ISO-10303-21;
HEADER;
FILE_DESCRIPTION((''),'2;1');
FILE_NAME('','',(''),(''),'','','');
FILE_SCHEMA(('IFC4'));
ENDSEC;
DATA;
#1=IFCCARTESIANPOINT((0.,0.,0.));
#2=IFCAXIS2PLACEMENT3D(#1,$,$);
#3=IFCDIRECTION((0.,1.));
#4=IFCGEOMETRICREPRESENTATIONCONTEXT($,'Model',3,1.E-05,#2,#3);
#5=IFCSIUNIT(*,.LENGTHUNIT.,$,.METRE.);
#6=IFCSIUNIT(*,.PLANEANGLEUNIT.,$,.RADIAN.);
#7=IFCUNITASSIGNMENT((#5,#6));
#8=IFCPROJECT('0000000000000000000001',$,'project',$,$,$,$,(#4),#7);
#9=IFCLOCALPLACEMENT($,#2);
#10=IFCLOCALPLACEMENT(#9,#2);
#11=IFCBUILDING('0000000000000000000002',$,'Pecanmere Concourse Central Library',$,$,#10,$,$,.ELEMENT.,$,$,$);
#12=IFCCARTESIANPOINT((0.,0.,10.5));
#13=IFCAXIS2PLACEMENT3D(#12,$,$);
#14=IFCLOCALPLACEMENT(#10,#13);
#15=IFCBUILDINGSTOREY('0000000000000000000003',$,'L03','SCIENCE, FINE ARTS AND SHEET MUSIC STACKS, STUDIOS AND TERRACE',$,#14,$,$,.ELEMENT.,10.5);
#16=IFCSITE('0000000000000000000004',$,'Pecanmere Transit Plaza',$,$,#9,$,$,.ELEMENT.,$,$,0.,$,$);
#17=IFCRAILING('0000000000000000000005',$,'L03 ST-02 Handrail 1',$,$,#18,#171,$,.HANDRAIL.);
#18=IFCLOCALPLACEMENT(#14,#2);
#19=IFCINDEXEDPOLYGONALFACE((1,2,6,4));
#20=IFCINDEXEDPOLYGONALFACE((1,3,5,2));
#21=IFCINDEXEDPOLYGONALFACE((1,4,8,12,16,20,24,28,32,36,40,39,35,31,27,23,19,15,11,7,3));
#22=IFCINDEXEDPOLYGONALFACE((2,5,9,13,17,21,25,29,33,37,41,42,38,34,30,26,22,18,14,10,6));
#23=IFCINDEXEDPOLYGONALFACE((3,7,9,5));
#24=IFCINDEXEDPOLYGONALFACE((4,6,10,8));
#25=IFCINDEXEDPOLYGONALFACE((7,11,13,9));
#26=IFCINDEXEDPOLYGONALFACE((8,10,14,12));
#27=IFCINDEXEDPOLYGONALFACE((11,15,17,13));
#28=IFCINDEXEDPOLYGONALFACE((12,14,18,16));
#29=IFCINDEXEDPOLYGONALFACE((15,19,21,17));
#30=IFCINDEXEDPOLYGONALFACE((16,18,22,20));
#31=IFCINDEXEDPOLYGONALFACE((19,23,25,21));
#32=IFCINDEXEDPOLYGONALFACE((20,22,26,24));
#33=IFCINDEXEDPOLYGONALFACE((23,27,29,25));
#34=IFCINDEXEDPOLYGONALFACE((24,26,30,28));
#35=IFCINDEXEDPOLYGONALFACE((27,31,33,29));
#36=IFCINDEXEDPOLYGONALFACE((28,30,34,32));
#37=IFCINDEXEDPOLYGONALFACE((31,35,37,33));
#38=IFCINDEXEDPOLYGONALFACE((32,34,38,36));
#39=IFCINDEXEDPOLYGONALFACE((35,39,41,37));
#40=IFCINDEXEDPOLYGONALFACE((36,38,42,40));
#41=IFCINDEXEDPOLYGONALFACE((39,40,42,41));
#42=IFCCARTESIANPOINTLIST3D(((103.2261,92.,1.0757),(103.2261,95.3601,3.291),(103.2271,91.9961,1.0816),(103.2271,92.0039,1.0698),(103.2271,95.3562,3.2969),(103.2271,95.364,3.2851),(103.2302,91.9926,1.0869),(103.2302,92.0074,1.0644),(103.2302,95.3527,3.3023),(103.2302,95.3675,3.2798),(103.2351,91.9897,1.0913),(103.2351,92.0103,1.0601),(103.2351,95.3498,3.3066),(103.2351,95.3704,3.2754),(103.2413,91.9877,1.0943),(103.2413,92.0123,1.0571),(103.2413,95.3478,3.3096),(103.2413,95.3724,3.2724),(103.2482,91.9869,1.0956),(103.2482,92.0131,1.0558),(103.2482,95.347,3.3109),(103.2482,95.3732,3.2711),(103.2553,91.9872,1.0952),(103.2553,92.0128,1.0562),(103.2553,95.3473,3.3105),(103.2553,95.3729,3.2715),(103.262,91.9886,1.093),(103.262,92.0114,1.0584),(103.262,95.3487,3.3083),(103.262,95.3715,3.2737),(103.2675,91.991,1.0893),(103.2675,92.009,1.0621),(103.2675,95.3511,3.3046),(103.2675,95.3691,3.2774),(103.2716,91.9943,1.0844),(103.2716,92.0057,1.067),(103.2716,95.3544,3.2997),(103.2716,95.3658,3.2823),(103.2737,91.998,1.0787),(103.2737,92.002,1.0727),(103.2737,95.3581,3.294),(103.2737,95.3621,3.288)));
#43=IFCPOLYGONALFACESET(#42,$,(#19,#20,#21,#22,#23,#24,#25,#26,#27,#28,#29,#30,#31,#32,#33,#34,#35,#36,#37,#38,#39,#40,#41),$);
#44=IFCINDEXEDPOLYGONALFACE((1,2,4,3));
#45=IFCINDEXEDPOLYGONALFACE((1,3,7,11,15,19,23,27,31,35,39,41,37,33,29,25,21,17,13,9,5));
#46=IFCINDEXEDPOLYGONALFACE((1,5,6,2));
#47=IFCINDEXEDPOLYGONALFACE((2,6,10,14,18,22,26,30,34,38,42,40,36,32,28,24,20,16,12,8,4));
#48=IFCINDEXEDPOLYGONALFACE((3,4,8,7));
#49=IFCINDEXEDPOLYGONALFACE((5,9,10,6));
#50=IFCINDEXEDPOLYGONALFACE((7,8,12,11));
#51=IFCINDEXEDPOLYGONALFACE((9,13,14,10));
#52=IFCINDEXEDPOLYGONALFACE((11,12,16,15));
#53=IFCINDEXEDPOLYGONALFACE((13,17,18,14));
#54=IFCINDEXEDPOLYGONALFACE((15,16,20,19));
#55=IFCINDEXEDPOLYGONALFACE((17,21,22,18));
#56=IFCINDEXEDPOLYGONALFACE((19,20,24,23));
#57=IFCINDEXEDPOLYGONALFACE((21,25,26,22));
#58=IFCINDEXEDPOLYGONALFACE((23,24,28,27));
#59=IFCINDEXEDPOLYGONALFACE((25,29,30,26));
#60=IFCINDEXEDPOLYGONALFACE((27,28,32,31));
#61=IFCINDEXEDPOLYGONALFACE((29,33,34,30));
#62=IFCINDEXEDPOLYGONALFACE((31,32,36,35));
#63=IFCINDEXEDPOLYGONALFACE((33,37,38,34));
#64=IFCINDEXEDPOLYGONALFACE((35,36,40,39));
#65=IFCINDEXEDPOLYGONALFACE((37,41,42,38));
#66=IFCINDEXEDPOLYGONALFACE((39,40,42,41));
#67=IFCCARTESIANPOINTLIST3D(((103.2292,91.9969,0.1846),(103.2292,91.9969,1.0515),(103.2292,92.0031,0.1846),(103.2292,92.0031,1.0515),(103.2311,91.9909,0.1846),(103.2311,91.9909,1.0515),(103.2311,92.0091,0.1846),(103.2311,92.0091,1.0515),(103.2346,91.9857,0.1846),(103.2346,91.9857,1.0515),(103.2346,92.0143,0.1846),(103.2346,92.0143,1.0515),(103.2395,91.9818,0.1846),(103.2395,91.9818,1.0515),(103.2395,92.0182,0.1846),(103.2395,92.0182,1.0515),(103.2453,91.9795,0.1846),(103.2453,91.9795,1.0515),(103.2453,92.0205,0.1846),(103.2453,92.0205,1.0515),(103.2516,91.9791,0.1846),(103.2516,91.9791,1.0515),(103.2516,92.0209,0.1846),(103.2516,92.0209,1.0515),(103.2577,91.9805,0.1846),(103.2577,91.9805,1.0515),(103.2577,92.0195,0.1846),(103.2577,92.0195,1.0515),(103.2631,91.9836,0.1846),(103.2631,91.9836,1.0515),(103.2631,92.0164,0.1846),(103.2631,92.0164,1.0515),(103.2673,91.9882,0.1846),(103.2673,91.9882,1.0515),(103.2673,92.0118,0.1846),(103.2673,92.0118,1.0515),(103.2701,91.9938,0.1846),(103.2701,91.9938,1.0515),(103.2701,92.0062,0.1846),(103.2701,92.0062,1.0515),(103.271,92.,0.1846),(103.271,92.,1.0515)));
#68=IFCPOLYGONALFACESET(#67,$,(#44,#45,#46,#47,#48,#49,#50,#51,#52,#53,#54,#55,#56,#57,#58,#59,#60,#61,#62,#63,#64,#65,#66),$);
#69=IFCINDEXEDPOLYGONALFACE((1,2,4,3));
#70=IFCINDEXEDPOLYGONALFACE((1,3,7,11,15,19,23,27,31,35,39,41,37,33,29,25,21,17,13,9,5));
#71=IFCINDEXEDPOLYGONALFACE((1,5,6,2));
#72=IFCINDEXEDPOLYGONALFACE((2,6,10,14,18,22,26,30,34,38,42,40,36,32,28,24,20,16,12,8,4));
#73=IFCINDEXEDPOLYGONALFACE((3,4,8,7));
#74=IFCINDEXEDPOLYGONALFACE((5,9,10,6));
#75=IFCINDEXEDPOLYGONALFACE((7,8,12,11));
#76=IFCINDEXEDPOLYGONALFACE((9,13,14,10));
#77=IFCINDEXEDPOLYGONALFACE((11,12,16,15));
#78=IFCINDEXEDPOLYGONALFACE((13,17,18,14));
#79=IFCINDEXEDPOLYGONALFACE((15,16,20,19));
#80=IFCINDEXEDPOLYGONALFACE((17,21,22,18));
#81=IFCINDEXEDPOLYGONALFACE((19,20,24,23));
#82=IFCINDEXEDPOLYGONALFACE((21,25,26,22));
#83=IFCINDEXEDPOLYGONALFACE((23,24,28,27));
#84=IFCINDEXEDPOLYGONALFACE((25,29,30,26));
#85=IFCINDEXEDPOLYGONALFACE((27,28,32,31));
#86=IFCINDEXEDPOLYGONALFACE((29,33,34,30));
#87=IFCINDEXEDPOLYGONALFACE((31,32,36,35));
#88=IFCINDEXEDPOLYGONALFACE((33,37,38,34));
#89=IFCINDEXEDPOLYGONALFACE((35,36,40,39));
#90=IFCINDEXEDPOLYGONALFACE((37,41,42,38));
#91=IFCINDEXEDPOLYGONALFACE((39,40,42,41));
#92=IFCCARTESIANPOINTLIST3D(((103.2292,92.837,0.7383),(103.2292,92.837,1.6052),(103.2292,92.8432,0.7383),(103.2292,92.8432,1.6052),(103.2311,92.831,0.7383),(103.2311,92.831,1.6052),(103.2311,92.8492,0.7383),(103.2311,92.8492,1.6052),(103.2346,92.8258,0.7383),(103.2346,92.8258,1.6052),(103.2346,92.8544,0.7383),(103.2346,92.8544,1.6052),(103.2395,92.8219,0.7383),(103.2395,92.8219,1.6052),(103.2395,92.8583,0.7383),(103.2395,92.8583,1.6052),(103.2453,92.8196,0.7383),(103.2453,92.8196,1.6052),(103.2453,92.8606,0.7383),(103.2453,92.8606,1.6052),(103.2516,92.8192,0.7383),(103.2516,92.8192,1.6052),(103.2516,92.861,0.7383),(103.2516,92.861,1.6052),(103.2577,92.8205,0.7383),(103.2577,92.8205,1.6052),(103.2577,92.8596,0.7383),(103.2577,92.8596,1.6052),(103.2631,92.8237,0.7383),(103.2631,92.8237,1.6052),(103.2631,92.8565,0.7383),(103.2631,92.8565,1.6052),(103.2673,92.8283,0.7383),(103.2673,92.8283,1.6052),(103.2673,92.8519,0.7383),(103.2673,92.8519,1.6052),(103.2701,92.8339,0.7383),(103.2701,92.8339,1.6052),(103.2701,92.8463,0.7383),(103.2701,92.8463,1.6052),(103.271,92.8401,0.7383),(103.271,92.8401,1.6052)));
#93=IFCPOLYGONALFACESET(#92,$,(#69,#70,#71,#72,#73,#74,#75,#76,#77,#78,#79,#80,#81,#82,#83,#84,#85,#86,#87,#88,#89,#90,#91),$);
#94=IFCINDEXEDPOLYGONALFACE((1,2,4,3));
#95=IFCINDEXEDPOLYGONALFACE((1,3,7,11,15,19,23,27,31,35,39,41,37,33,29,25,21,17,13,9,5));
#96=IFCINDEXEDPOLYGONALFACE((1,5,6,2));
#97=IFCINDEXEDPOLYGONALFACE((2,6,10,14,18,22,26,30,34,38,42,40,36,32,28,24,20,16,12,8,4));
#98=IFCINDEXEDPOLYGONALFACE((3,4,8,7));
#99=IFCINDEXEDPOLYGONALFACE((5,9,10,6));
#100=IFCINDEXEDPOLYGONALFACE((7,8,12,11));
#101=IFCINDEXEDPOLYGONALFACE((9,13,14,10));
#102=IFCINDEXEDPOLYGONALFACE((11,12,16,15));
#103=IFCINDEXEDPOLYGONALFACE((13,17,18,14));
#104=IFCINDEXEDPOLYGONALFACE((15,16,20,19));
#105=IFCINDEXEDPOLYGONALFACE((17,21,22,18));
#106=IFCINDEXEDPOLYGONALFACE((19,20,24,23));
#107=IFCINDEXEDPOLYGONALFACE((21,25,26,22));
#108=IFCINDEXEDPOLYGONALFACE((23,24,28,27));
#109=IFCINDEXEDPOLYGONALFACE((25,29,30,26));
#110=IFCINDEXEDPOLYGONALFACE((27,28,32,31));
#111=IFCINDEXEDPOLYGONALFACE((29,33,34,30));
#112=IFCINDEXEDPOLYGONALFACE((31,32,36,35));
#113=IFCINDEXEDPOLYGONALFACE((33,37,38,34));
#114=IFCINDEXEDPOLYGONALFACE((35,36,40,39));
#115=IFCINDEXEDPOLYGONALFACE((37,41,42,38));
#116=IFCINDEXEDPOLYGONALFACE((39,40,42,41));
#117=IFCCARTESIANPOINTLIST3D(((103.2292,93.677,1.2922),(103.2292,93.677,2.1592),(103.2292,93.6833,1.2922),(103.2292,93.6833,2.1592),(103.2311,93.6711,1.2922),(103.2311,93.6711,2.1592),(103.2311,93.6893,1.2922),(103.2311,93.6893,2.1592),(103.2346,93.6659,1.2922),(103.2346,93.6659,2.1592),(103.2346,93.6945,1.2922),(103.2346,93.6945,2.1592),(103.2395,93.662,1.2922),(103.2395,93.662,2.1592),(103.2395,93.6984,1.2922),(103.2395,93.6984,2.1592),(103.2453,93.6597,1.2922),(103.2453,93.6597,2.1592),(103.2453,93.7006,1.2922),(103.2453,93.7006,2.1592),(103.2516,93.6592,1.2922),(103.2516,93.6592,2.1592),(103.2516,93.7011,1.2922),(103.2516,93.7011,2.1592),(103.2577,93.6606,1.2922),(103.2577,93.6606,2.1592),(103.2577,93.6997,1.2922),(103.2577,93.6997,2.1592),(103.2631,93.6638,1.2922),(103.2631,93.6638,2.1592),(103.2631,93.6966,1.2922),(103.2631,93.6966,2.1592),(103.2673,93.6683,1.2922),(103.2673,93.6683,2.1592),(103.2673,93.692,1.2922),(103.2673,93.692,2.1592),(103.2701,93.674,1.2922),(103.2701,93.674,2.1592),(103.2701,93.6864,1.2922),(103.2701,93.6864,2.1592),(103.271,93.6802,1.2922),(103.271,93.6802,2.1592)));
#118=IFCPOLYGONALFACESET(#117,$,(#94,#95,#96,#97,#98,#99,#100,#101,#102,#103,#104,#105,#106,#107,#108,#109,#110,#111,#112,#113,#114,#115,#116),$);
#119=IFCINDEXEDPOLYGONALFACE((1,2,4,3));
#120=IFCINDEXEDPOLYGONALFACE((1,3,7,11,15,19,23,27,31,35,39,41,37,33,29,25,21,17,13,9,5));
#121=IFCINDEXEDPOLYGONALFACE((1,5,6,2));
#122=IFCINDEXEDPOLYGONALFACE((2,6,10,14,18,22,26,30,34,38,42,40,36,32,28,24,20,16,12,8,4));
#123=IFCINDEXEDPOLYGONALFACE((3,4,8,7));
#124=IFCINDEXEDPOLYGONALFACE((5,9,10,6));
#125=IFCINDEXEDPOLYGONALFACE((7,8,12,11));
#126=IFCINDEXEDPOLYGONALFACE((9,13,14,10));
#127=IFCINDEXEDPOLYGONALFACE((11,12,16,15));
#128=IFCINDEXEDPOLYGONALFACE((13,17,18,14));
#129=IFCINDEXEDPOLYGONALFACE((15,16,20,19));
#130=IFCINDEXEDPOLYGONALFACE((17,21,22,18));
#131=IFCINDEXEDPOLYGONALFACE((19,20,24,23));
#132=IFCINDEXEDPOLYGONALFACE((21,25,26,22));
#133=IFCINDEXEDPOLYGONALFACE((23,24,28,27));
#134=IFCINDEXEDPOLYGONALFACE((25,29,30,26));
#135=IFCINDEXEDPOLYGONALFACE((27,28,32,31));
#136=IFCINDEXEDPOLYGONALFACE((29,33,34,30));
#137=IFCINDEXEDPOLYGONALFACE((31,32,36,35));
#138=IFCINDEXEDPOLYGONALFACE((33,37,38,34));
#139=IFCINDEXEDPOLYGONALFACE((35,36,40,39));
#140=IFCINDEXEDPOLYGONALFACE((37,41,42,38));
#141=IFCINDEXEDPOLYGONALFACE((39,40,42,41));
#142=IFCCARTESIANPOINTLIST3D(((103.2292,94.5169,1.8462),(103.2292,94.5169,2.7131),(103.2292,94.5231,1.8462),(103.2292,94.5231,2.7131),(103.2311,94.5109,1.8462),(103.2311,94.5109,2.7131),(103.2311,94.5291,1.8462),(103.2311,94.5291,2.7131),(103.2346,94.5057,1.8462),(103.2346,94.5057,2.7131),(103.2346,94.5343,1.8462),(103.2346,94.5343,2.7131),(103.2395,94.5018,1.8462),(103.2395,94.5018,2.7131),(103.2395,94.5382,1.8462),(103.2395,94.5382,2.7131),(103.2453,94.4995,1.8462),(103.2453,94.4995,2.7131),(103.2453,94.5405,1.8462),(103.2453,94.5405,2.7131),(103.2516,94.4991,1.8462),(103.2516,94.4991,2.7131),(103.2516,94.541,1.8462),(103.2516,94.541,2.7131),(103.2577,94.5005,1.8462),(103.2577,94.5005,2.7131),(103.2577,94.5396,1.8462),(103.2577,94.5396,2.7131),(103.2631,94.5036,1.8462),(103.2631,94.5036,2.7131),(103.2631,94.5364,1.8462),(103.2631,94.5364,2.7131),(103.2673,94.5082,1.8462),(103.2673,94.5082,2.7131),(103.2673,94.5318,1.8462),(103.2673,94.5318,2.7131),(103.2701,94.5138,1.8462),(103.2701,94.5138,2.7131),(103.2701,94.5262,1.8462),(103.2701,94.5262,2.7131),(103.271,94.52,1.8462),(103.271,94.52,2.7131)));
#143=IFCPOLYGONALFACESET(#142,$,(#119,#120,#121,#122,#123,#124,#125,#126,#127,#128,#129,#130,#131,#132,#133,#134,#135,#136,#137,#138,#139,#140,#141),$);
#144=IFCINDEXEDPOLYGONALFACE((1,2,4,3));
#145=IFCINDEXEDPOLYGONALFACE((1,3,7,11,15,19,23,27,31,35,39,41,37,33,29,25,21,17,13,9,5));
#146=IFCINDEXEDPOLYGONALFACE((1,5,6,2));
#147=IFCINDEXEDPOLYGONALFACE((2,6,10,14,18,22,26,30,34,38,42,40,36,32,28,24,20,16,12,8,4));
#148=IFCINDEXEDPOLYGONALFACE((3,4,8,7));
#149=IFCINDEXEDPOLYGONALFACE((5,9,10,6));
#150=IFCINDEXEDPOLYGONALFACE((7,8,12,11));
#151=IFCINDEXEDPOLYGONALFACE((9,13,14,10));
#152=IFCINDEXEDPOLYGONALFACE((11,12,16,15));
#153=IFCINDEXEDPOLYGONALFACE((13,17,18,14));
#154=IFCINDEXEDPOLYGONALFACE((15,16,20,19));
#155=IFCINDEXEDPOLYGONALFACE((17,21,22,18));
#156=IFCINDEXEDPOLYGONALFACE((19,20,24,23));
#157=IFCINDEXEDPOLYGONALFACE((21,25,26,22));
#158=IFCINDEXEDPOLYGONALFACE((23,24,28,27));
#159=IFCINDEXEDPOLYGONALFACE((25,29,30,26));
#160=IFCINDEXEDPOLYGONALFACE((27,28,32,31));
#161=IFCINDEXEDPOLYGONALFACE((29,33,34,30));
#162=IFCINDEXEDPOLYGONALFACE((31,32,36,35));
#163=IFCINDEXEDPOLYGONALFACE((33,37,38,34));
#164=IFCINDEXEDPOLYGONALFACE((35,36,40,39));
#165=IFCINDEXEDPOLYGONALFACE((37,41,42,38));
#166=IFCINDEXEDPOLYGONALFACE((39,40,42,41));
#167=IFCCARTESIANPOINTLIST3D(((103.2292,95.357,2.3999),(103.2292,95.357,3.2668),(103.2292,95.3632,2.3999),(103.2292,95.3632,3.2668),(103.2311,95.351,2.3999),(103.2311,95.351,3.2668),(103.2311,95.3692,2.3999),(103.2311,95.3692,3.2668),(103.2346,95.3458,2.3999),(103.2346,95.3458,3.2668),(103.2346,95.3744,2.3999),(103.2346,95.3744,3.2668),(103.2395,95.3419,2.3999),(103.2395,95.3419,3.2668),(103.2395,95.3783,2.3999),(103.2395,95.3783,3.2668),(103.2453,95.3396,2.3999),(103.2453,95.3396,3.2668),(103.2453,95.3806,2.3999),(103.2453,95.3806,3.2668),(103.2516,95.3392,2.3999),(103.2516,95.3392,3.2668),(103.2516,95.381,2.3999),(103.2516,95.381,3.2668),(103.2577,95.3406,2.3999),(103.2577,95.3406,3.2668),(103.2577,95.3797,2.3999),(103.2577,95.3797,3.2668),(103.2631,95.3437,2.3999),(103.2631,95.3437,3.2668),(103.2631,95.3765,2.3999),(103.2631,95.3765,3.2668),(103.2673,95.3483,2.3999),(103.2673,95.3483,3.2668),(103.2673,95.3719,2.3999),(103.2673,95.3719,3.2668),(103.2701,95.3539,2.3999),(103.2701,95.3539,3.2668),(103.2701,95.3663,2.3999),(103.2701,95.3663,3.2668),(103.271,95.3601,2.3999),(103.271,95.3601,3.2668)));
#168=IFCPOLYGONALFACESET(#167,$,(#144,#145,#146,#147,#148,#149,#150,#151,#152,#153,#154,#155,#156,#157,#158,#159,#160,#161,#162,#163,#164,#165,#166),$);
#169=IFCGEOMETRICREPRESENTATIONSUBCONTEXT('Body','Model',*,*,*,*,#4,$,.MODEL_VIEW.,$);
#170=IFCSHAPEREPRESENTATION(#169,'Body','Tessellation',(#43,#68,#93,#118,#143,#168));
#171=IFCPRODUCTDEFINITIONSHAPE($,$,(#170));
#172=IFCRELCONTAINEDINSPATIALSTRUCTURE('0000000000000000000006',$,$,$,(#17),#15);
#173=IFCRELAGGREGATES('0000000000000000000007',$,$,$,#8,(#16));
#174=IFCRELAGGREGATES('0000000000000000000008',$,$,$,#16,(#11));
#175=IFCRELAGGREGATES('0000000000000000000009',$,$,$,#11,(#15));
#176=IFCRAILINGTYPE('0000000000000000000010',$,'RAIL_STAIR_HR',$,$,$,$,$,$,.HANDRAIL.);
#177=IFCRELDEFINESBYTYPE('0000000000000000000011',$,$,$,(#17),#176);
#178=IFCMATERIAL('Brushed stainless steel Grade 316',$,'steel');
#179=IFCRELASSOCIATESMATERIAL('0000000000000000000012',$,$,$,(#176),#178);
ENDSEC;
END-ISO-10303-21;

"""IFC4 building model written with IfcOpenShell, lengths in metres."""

from ifc_helpers import new_model, si_unit, direction, frame, origin, origin_2d, place, context, subcontext, project, spatial, circle, extrude, material, type_object, element, save


model = new_model("IFC4")

# Units and contexts
model_context = context("Model", 3, precision=1e-05, world=origin(), true_north=direction((0.0, 1.0)))
body_context = subcontext(model_context, "Body", "Model", "MODEL_VIEW")
ifc_project = project(units=[si_unit("LENGTHUNIT", "METRE"), si_unit("PLANEANGLEUNIT", "RADIAN")], contexts=[model_context])

# Site, building, storey
site_placement = place(None, origin())
site = spatial("IfcSite", under=ifc_project, at=site_placement, Name="Pecanmere Transit Plaza", CompositionType="ELEMENT", RefElevation=0.0)
building_placement = place(site_placement, origin())
building = spatial("IfcBuilding", under=site, at=building_placement, Name="Pecanmere Concourse Central Library", CompositionType="ELEMENT")
storey_placement = place(building_placement, frame((0.0, 0.0, 10.5)))
storey = spatial("IfcBuildingStorey", under=building, at=storey_placement, Name="L03", Description="SCIENCE, FINE ARTS AND SHEET MUSIC STACKS, STUDIOS AND TERRACE", CompositionType="ELEMENT", Elevation=10.5)

# Railing
ifc_material_1 = material(Name="Brushed stainless steel Grade 316", Category="steel")
railing_type_1 = type_object("IfcRailingType", Name="RAIL_STAIR_HR", PredefinedType="HANDRAIL", material=ifc_material_1)
railing_1_placement = place(storey_placement, frame((103.25, 92.0, 0.1846)))
element("IfcRailing", 1, at=railing_1_placement, inside=storey, type_object=railing_type_1, Name="L03 ST-02 Handrail 1", PredefinedType="HANDRAIL", context=body_context, shape_type="SweptSolid", body=[
    extrude(circle(Radius=0.0239, at=origin_2d()), frame((0.0, 0.0, 0.8911), z_axis=(0.0, 0.834876, 0.550437), x_axis=(-1.0, 0.0, 0.0)), (0.0, 0.0, 1.0), 4.0247),
    extrude(circle(Radius=0.021, at=origin_2d()), origin(), (0.0, 0.0, 1.0), 0.8669),
    extrude(circle(Radius=0.021, at=origin_2d()), frame((0.0, 0.8401, 0.5537)), (0.0, 0.0, 1.0), 0.8669),
    extrude(circle(Radius=0.021, at=origin_2d()), frame((0.0, 1.6802, 1.1077)), (0.0, 0.0, 1.0), 0.8669),
    extrude(circle(Radius=0.021, at=origin_2d()), frame((0.0, 2.52, 1.6616)), (0.0, 0.0, 1.0), 0.8669),
    extrude(circle(Radius=0.021, at=origin_2d()), frame((0.0, 3.3601, 2.2153)), (0.0, 0.0, 1.0), 0.8669),
])

save(model, "model.ifc")
